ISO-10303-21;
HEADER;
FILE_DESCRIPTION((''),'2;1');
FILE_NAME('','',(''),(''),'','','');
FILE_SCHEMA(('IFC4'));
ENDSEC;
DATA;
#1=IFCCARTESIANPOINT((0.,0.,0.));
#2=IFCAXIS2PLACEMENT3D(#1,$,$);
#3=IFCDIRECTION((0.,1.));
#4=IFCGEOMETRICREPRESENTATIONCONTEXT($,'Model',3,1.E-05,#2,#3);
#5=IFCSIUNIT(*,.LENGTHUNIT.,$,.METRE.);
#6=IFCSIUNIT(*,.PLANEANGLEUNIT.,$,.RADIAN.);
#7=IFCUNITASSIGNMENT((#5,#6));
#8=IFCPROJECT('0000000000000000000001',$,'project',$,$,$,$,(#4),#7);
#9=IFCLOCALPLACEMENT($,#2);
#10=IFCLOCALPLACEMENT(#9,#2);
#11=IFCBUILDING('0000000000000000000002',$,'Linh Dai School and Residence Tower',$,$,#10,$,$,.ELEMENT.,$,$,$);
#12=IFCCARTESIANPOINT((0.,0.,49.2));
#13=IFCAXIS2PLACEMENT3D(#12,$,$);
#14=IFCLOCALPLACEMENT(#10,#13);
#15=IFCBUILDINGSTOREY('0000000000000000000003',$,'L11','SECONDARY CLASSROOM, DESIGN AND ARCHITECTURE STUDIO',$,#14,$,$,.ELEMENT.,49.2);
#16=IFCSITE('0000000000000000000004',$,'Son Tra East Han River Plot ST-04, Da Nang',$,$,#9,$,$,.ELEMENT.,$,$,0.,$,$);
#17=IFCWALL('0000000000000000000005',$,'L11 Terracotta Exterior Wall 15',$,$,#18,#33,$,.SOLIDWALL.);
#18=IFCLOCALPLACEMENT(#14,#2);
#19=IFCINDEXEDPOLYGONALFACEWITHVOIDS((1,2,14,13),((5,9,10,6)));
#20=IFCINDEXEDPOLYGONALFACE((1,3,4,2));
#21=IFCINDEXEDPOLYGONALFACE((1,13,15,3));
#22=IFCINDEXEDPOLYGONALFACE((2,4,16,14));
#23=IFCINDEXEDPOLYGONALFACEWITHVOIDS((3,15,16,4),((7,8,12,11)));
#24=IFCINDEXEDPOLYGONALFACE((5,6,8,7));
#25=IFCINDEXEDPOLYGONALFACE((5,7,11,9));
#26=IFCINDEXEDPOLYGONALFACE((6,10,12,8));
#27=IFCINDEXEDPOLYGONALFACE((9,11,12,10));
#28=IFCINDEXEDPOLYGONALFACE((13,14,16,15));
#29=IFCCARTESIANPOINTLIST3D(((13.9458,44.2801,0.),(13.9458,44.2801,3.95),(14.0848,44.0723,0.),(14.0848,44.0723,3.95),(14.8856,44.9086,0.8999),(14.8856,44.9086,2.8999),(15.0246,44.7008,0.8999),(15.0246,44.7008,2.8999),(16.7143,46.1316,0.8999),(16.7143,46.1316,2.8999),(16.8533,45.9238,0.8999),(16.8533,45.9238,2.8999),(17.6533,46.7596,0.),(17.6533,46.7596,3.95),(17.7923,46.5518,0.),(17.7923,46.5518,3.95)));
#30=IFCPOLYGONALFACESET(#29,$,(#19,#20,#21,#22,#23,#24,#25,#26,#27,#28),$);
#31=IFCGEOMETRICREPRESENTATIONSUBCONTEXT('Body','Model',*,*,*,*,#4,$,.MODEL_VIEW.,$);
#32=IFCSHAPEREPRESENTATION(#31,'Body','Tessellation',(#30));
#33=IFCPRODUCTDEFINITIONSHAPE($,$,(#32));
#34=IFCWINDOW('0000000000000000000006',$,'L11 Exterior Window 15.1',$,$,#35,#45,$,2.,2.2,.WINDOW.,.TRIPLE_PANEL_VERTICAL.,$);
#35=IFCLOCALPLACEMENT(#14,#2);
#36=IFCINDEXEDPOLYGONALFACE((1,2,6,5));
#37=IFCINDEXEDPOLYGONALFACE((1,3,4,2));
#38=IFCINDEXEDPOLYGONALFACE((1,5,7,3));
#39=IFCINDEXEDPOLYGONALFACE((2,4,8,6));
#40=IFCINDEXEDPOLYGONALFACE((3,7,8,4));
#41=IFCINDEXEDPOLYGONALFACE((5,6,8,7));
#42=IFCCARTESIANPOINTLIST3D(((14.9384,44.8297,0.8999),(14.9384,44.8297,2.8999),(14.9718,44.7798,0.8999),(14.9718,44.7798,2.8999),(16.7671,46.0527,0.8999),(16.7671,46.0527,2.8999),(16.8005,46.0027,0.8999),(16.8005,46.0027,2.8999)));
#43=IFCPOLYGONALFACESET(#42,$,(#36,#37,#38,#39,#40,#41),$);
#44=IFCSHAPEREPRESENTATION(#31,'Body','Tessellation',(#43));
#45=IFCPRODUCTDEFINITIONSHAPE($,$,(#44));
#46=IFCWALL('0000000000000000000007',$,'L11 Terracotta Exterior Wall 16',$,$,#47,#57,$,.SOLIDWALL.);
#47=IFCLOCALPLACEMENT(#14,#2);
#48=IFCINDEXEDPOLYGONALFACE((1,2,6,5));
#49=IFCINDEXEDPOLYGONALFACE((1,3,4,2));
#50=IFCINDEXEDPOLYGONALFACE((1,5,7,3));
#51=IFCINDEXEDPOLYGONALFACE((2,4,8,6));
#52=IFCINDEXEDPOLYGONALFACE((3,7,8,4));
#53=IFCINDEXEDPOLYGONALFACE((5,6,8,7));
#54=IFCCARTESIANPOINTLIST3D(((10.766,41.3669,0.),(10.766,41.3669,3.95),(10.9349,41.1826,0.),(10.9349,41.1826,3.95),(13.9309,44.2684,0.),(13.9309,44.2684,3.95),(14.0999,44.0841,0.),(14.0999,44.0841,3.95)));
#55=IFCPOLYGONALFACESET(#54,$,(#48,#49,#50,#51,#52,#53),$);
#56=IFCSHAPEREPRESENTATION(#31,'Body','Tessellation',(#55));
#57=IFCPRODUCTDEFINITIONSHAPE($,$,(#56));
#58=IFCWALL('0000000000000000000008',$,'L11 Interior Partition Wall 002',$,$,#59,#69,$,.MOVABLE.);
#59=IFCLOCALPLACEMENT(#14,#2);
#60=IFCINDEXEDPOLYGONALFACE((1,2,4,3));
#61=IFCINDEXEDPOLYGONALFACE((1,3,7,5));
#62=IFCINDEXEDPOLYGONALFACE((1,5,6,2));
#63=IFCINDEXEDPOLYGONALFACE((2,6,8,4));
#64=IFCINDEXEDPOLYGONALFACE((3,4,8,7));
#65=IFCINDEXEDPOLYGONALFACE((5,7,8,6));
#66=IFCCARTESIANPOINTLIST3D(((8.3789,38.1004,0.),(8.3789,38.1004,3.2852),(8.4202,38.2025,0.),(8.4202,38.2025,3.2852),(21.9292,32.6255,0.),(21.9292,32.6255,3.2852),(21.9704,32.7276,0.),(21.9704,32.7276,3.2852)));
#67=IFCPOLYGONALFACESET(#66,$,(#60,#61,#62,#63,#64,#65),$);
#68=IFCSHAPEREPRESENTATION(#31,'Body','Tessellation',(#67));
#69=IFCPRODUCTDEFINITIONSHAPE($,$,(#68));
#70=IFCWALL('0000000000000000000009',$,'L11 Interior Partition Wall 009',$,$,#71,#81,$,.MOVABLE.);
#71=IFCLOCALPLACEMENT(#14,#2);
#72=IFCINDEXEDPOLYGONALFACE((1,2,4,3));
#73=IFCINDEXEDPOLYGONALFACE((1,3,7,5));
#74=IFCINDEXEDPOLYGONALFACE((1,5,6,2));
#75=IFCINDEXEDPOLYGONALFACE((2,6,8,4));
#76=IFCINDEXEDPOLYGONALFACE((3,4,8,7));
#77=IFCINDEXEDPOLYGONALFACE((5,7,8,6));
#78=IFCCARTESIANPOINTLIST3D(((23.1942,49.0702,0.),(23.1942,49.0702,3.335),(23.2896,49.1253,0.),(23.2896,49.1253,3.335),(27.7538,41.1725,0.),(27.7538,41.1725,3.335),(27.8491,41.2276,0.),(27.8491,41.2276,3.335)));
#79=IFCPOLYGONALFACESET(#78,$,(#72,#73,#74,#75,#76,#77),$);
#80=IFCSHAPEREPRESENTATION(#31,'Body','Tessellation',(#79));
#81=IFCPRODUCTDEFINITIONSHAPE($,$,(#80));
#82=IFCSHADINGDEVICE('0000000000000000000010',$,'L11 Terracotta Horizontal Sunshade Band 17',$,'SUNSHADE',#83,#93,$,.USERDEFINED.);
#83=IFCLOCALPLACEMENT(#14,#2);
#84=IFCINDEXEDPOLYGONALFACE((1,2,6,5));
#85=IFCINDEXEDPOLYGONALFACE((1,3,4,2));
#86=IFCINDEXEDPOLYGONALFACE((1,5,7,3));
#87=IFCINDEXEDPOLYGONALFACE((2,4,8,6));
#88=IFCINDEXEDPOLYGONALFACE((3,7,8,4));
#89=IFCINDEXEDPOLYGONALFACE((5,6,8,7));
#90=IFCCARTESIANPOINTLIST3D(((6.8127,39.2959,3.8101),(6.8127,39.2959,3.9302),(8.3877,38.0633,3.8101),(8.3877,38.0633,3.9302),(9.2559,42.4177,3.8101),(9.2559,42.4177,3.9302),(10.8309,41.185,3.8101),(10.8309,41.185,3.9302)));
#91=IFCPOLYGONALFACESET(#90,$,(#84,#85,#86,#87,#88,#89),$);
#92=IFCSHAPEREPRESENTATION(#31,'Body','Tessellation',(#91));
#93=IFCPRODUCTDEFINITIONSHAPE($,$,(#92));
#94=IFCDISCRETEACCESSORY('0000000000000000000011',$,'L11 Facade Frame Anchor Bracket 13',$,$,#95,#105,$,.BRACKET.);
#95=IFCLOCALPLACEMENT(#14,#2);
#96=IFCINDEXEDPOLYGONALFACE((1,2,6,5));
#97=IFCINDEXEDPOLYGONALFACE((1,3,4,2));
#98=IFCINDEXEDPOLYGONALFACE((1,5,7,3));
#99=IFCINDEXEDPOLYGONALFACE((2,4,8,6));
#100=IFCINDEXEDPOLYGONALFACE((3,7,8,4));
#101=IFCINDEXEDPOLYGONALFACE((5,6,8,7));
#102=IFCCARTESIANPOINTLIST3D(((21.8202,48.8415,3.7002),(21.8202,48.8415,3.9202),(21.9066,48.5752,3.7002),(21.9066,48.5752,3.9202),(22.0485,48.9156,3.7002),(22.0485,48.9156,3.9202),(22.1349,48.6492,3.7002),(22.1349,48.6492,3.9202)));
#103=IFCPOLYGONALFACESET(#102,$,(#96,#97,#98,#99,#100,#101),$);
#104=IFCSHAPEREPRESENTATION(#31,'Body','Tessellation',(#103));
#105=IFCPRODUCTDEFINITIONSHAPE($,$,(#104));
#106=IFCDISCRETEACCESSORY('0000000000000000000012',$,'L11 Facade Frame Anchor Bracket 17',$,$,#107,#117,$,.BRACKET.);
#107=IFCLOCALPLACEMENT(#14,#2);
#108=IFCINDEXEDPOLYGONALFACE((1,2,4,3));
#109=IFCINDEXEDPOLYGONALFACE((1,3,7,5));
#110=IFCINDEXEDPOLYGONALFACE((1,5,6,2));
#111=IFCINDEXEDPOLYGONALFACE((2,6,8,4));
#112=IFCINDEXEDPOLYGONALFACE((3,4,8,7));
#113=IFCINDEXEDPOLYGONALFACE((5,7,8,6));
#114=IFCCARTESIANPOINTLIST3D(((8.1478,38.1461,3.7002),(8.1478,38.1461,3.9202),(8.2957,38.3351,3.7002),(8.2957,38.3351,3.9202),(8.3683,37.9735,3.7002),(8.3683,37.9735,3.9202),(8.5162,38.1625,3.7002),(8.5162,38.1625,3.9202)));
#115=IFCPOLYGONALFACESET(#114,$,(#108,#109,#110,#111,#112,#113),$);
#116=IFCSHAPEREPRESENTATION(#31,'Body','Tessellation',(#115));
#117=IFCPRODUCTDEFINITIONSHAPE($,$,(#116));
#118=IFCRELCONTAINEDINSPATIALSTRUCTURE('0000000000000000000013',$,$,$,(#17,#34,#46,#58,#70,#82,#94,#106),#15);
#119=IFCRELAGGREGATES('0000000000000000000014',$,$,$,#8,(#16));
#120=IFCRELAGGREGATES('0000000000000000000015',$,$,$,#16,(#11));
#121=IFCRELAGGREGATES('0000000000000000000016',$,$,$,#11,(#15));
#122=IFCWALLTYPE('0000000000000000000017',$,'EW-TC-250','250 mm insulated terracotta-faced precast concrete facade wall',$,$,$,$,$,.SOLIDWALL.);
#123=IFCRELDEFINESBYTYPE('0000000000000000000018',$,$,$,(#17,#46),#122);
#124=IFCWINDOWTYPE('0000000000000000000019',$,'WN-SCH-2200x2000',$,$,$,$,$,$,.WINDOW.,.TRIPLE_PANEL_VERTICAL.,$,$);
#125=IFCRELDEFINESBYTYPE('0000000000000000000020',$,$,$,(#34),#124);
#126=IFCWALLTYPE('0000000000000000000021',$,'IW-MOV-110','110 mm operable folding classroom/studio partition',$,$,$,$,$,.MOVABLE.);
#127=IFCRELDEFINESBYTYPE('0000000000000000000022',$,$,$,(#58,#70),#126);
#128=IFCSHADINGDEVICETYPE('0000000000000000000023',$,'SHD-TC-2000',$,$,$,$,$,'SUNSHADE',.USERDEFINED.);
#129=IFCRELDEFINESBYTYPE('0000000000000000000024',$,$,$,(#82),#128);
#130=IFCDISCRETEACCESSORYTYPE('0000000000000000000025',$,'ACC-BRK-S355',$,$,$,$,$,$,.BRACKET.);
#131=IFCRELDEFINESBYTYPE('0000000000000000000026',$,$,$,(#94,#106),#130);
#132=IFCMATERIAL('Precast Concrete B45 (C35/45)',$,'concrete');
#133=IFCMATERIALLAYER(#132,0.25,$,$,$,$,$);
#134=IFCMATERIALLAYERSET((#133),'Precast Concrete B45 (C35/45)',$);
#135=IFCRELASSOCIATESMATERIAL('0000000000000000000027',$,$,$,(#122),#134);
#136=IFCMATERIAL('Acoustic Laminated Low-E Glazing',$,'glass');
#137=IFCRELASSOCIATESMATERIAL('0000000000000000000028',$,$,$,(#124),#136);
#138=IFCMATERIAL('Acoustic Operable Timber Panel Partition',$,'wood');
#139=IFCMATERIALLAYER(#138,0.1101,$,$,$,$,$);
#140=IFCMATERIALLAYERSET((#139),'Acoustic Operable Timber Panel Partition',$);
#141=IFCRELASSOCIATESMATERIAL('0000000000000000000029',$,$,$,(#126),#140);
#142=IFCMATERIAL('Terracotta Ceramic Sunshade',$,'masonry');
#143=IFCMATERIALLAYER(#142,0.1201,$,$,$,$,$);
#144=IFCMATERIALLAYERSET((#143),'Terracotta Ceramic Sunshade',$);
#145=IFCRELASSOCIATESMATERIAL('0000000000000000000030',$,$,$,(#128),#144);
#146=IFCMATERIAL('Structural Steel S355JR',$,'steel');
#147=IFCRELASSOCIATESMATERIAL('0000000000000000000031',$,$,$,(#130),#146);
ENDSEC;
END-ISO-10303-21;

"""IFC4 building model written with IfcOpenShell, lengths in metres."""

from ifc_helpers import new_model, si_unit, direction, frame, frame_2d, origin, origin_2d, place, context, subcontext, project, spatial, rectangle, extrude, source, transform, mapped, material, layer, layer_set, type_object, element, fill, save


model = new_model("IFC4")

# Units and contexts
model_context = context("Model", 3, precision=1e-05, world=origin(), true_north=direction((0.0, 1.0)))
body_context = subcontext(model_context, "Body", "Model", "MODEL_VIEW")
ifc_project = project(units=[si_unit("LENGTHUNIT", "METRE"), si_unit("PLANEANGLEUNIT", "RADIAN")], contexts=[model_context])

# Site, building, storey
site_placement = place(None, origin())
site = spatial("IfcSite", under=ifc_project, at=site_placement, Name="Son Tra East Han River Plot ST-04, Da Nang", CompositionType="ELEMENT", RefElevation=0.0)
building_placement = place(site_placement, origin())
building = spatial("IfcBuilding", under=site, at=building_placement, Name="Linh Dai School and Residence Tower", CompositionType="ELEMENT")
storey_placement = place(building_placement, frame((0.0, 0.0, 49.2)))
storey = spatial("IfcBuildingStorey", under=building, at=storey_placement, Name="L11", Description="SECONDARY CLASSROOM, DESIGN AND ARCHITECTURE STUDIO", CompositionType="ELEMENT", Elevation=49.2)

# Shared definitions
ifc_material_1 = material(Name="Structural Steel S355JR", Category="steel")

# Shared definitions
ifc_material_2 = material(Name="Precast Concrete B45 (C35/45)", Category="concrete")

# Shared definitions
ifc_layer_1 = layer(ifc_material_2, 0.25)
ifc_layer_set_1 = layer_set([ifc_layer_1], Name="Precast Concrete B45 (C35/45)")
wall_type_1 = type_object("IfcWallType", Name="EW-TC-250", Description="250 mm insulated terracotta-faced precast concrete facade wall", PredefinedType="SOLIDWALL", material=ifc_layer_set_1)

# Wall, opening, window
ifc_material_3 = material(Name="Acoustic Laminated Low-E Glazing", Category="glass")
window_type = type_object("IfcWindowType", Name="WN-SCH-2200x2000", PartitioningType="TRIPLE_PANEL_VERTICAL", PredefinedType="WINDOW", material=ifc_material_3)
shared_shape_1 = source(origin(), body_context, "Body", "SweptSolid", [
    extrude(rectangle(XDim=2.2, YDim=2.0, at=origin_2d()), frame((1.1001, 0.03, 1.0), z_axis=(0.0, -1.0, 0.0), x_axis=(1.0, 0.0, 0.0)), (0.0, 0.0, 1.0), 0.0601),
])
wall_1_placement = place(storey_placement, frame((14.0154, 44.1763, 0.0), z_axis=(0.0, 0.0, 1.0), x_axis=(0.831241, 0.555912, 0.0)))
wall_1 = element("IfcWall", 1, at=wall_1_placement, inside=storey, type_object=wall_type_1, Name="L11 Terracotta Exterior Wall 15", PredefinedType="SOLIDWALL", context=body_context, shape_type="SweptSolid", body=[
    extrude(rectangle(XDim=4.4602, YDim=0.25, at=frame_2d((2.23, 0.0))), origin(), (0.0, 0.0, 1.0), 3.95),
])
opening_1_placement = place(wall_1_placement, frame((1.1304, 0.0, 0.8999)))
opening_1 = element("IfcOpeningElement", 2, at=opening_1_placement, cuts=wall_1, PredefinedType="OPENING", context=body_context, shape_type="SweptSolid", body=[
    extrude(rectangle(XDim=2.2, YDim=2.0, at=origin_2d()), frame((1.1001, 0.135, 1.0), z_axis=(0.0, -1.0, 0.0), x_axis=(1.0, 0.0, 0.0)), (0.0, 0.0, 1.0), 0.27),
])
window_1_placement = place(opening_1_placement, origin())
window_1 = element("IfcWindow", 3, at=window_1_placement, inside=storey, type_object=window_type, Name="L11 Exterior Window 15.1", OverallHeight=2.0, OverallWidth=2.2, PartitioningType="TRIPLE_PANEL_VERTICAL", PredefinedType="WINDOW", context=body_context, shape_type="MappedRepresentation", body=[
    mapped(shared_shape_1, transform((0.0, 0.0, 0.0), x_axis=(1.0, 0.0, 0.0), y_axis=(0.0, 1.0, 0.0), z_axis=(0.0, 0.0, 1.0), scale=1.0)),
])
fill(opening_1, window_1)

# Walls
wall_2_placement = place(storey_placement, frame((10.8503, 41.2747, 0.0), z_axis=(0.0, 0.0, 1.0), x_axis=(0.737116, 0.675766, 0.0)))
element("IfcWall", 4, at=wall_2_placement, inside=storey, type_object=wall_type_1, Name="L11 Terracotta Exterior Wall 16", PredefinedType="SOLIDWALL", context=body_context, shape_type="SweptSolid", body=[
    extrude(rectangle(XDim=4.2937, YDim=0.25, at=frame_2d((2.147, 0.0))), origin(), (0.0, 0.0, 1.0), 3.95),
])
ifc_material_4 = material(Name="Acoustic Operable Timber Panel Partition", Category="wood")
ifc_layer_2 = layer(ifc_material_4, 0.1101)
ifc_layer_set_2 = layer_set([ifc_layer_2], Name="Acoustic Operable Timber Panel Partition")
wall_type_2 = type_object("IfcWallType", Name="IW-MOV-110", Description="110 mm operable folding classroom/studio partition", PredefinedType="MOVABLE", material=ifc_layer_set_2)
wall_3_placement = place(storey_placement, frame((8.3997, 38.1514, 0.0), z_axis=(0.0, 0.0, 1.0), x_axis=(0.92718, -0.374617, 0.0)))
element("IfcWall", 5, at=wall_3_placement, inside=storey, type_object=wall_type_2, Name="L11 Interior Partition Wall 002", PredefinedType="MOVABLE", context=body_context, shape_type="SweptSolid", body=[
    extrude(rectangle(XDim=14.6145, YDim=0.1101, at=frame_2d((7.3071, 0.0))), origin(), (0.0, 0.0, 1.0), 3.2852),
])
wall_4_placement = place(storey_placement, frame((23.2419, 49.0977, 0.0), z_axis=(0.0, 0.0, 1.0), x_axis=(0.499986, -0.866034, 0.0)))
element("IfcWall", 6, at=wall_4_placement, inside=storey, type_object=wall_type_2, Name="L11 Interior Partition Wall 009", PredefinedType="MOVABLE", context=body_context, shape_type="SweptSolid", body=[
    extrude(rectangle(XDim=9.1194, YDim=0.1101, at=frame_2d((4.5596, 0.0))), origin(), (0.0, 0.0, 1.0), 3.335),
])

# Shading device
ifc_material_5 = material(Name="Terracotta Ceramic Sunshade", Category="masonry")
ifc_layer_3 = layer(ifc_material_5, 0.1201)
ifc_layer_set_3 = layer_set([ifc_layer_3], Name="Terracotta Ceramic Sunshade")
shading_device_type = type_object("IfcShadingDeviceType", Name="SHD-TC-2000", ElementType="SUNSHADE", PredefinedType="USERDEFINED", material=ifc_layer_set_3)
shared_shape_2 = source(origin(), body_context, "Body", "SweptSolid", [
    extrude(rectangle(XDim=3.9641, YDim=2.0, at=origin_2d()), origin(), (0.0, 0.0, 1.0), 0.1201),
])
shading_device_placement = place(storey_placement, frame((8.8218, 40.2405, 3.8101), z_axis=(0.0, 0.0, 1.0), x_axis=(0.616319, 0.787496, 0.0)))
element("IfcShadingDevice", 7, at=shading_device_placement, inside=storey, type_object=shading_device_type, Name="L11 Terracotta Horizontal Sunshade Band 17", ObjectType="SUNSHADE", PredefinedType="USERDEFINED", context=body_context, shape_type="MappedRepresentation", body=[
    mapped(shared_shape_2, transform((0.0, 0.0, 0.0), x_axis=(1.0, 0.0, 0.0), y_axis=(0.0, 1.0, 0.0), z_axis=(0.0, 0.0, 1.0), scale=1.0)),
])

# Discrete accessories
discrete_accessory_type = type_object("IfcDiscreteAccessoryType", Name="ACC-BRK-S355", PredefinedType="BRACKET", material=ifc_material_1)
shared_shape_3 = source(origin(), body_context, "Body", "SweptSolid", [
    extrude(rectangle(XDim=0.28, YDim=0.24, at=origin_2d()), origin(), (0.0, 0.0, 1.0), 0.22),
])
for number, where, z_axis, x_axis, name in (
    (8, (21.9775, 48.7454, 3.7002), (0.0, 0.0, 1.0), (-0.308511, 0.951221, 0.0), "L11 Facade Frame Anchor Bracket 13"),
    (9, (8.332, 38.1543, 3.7002), (0.0, 0.0, 1.0), (-0.787496, 0.616319, 0.0), "L11 Facade Frame Anchor Bracket 17"),
):
    element("IfcDiscreteAccessory", number, at=place(storey_placement, frame(where, z_axis=z_axis, x_axis=x_axis)), inside=storey, type_object=discrete_accessory_type, Name=name, PredefinedType="BRACKET", context=body_context, shape_type="MappedRepresentation", body=[
        mapped(shared_shape_3, transform((0.0, 0.0, 0.0), x_axis=(1.0, 0.0, 0.0), y_axis=(0.0, 1.0, 0.0), z_axis=(0.0, 0.0, 1.0), scale=1.0)),
    ])

save(model, "model.ifc")
